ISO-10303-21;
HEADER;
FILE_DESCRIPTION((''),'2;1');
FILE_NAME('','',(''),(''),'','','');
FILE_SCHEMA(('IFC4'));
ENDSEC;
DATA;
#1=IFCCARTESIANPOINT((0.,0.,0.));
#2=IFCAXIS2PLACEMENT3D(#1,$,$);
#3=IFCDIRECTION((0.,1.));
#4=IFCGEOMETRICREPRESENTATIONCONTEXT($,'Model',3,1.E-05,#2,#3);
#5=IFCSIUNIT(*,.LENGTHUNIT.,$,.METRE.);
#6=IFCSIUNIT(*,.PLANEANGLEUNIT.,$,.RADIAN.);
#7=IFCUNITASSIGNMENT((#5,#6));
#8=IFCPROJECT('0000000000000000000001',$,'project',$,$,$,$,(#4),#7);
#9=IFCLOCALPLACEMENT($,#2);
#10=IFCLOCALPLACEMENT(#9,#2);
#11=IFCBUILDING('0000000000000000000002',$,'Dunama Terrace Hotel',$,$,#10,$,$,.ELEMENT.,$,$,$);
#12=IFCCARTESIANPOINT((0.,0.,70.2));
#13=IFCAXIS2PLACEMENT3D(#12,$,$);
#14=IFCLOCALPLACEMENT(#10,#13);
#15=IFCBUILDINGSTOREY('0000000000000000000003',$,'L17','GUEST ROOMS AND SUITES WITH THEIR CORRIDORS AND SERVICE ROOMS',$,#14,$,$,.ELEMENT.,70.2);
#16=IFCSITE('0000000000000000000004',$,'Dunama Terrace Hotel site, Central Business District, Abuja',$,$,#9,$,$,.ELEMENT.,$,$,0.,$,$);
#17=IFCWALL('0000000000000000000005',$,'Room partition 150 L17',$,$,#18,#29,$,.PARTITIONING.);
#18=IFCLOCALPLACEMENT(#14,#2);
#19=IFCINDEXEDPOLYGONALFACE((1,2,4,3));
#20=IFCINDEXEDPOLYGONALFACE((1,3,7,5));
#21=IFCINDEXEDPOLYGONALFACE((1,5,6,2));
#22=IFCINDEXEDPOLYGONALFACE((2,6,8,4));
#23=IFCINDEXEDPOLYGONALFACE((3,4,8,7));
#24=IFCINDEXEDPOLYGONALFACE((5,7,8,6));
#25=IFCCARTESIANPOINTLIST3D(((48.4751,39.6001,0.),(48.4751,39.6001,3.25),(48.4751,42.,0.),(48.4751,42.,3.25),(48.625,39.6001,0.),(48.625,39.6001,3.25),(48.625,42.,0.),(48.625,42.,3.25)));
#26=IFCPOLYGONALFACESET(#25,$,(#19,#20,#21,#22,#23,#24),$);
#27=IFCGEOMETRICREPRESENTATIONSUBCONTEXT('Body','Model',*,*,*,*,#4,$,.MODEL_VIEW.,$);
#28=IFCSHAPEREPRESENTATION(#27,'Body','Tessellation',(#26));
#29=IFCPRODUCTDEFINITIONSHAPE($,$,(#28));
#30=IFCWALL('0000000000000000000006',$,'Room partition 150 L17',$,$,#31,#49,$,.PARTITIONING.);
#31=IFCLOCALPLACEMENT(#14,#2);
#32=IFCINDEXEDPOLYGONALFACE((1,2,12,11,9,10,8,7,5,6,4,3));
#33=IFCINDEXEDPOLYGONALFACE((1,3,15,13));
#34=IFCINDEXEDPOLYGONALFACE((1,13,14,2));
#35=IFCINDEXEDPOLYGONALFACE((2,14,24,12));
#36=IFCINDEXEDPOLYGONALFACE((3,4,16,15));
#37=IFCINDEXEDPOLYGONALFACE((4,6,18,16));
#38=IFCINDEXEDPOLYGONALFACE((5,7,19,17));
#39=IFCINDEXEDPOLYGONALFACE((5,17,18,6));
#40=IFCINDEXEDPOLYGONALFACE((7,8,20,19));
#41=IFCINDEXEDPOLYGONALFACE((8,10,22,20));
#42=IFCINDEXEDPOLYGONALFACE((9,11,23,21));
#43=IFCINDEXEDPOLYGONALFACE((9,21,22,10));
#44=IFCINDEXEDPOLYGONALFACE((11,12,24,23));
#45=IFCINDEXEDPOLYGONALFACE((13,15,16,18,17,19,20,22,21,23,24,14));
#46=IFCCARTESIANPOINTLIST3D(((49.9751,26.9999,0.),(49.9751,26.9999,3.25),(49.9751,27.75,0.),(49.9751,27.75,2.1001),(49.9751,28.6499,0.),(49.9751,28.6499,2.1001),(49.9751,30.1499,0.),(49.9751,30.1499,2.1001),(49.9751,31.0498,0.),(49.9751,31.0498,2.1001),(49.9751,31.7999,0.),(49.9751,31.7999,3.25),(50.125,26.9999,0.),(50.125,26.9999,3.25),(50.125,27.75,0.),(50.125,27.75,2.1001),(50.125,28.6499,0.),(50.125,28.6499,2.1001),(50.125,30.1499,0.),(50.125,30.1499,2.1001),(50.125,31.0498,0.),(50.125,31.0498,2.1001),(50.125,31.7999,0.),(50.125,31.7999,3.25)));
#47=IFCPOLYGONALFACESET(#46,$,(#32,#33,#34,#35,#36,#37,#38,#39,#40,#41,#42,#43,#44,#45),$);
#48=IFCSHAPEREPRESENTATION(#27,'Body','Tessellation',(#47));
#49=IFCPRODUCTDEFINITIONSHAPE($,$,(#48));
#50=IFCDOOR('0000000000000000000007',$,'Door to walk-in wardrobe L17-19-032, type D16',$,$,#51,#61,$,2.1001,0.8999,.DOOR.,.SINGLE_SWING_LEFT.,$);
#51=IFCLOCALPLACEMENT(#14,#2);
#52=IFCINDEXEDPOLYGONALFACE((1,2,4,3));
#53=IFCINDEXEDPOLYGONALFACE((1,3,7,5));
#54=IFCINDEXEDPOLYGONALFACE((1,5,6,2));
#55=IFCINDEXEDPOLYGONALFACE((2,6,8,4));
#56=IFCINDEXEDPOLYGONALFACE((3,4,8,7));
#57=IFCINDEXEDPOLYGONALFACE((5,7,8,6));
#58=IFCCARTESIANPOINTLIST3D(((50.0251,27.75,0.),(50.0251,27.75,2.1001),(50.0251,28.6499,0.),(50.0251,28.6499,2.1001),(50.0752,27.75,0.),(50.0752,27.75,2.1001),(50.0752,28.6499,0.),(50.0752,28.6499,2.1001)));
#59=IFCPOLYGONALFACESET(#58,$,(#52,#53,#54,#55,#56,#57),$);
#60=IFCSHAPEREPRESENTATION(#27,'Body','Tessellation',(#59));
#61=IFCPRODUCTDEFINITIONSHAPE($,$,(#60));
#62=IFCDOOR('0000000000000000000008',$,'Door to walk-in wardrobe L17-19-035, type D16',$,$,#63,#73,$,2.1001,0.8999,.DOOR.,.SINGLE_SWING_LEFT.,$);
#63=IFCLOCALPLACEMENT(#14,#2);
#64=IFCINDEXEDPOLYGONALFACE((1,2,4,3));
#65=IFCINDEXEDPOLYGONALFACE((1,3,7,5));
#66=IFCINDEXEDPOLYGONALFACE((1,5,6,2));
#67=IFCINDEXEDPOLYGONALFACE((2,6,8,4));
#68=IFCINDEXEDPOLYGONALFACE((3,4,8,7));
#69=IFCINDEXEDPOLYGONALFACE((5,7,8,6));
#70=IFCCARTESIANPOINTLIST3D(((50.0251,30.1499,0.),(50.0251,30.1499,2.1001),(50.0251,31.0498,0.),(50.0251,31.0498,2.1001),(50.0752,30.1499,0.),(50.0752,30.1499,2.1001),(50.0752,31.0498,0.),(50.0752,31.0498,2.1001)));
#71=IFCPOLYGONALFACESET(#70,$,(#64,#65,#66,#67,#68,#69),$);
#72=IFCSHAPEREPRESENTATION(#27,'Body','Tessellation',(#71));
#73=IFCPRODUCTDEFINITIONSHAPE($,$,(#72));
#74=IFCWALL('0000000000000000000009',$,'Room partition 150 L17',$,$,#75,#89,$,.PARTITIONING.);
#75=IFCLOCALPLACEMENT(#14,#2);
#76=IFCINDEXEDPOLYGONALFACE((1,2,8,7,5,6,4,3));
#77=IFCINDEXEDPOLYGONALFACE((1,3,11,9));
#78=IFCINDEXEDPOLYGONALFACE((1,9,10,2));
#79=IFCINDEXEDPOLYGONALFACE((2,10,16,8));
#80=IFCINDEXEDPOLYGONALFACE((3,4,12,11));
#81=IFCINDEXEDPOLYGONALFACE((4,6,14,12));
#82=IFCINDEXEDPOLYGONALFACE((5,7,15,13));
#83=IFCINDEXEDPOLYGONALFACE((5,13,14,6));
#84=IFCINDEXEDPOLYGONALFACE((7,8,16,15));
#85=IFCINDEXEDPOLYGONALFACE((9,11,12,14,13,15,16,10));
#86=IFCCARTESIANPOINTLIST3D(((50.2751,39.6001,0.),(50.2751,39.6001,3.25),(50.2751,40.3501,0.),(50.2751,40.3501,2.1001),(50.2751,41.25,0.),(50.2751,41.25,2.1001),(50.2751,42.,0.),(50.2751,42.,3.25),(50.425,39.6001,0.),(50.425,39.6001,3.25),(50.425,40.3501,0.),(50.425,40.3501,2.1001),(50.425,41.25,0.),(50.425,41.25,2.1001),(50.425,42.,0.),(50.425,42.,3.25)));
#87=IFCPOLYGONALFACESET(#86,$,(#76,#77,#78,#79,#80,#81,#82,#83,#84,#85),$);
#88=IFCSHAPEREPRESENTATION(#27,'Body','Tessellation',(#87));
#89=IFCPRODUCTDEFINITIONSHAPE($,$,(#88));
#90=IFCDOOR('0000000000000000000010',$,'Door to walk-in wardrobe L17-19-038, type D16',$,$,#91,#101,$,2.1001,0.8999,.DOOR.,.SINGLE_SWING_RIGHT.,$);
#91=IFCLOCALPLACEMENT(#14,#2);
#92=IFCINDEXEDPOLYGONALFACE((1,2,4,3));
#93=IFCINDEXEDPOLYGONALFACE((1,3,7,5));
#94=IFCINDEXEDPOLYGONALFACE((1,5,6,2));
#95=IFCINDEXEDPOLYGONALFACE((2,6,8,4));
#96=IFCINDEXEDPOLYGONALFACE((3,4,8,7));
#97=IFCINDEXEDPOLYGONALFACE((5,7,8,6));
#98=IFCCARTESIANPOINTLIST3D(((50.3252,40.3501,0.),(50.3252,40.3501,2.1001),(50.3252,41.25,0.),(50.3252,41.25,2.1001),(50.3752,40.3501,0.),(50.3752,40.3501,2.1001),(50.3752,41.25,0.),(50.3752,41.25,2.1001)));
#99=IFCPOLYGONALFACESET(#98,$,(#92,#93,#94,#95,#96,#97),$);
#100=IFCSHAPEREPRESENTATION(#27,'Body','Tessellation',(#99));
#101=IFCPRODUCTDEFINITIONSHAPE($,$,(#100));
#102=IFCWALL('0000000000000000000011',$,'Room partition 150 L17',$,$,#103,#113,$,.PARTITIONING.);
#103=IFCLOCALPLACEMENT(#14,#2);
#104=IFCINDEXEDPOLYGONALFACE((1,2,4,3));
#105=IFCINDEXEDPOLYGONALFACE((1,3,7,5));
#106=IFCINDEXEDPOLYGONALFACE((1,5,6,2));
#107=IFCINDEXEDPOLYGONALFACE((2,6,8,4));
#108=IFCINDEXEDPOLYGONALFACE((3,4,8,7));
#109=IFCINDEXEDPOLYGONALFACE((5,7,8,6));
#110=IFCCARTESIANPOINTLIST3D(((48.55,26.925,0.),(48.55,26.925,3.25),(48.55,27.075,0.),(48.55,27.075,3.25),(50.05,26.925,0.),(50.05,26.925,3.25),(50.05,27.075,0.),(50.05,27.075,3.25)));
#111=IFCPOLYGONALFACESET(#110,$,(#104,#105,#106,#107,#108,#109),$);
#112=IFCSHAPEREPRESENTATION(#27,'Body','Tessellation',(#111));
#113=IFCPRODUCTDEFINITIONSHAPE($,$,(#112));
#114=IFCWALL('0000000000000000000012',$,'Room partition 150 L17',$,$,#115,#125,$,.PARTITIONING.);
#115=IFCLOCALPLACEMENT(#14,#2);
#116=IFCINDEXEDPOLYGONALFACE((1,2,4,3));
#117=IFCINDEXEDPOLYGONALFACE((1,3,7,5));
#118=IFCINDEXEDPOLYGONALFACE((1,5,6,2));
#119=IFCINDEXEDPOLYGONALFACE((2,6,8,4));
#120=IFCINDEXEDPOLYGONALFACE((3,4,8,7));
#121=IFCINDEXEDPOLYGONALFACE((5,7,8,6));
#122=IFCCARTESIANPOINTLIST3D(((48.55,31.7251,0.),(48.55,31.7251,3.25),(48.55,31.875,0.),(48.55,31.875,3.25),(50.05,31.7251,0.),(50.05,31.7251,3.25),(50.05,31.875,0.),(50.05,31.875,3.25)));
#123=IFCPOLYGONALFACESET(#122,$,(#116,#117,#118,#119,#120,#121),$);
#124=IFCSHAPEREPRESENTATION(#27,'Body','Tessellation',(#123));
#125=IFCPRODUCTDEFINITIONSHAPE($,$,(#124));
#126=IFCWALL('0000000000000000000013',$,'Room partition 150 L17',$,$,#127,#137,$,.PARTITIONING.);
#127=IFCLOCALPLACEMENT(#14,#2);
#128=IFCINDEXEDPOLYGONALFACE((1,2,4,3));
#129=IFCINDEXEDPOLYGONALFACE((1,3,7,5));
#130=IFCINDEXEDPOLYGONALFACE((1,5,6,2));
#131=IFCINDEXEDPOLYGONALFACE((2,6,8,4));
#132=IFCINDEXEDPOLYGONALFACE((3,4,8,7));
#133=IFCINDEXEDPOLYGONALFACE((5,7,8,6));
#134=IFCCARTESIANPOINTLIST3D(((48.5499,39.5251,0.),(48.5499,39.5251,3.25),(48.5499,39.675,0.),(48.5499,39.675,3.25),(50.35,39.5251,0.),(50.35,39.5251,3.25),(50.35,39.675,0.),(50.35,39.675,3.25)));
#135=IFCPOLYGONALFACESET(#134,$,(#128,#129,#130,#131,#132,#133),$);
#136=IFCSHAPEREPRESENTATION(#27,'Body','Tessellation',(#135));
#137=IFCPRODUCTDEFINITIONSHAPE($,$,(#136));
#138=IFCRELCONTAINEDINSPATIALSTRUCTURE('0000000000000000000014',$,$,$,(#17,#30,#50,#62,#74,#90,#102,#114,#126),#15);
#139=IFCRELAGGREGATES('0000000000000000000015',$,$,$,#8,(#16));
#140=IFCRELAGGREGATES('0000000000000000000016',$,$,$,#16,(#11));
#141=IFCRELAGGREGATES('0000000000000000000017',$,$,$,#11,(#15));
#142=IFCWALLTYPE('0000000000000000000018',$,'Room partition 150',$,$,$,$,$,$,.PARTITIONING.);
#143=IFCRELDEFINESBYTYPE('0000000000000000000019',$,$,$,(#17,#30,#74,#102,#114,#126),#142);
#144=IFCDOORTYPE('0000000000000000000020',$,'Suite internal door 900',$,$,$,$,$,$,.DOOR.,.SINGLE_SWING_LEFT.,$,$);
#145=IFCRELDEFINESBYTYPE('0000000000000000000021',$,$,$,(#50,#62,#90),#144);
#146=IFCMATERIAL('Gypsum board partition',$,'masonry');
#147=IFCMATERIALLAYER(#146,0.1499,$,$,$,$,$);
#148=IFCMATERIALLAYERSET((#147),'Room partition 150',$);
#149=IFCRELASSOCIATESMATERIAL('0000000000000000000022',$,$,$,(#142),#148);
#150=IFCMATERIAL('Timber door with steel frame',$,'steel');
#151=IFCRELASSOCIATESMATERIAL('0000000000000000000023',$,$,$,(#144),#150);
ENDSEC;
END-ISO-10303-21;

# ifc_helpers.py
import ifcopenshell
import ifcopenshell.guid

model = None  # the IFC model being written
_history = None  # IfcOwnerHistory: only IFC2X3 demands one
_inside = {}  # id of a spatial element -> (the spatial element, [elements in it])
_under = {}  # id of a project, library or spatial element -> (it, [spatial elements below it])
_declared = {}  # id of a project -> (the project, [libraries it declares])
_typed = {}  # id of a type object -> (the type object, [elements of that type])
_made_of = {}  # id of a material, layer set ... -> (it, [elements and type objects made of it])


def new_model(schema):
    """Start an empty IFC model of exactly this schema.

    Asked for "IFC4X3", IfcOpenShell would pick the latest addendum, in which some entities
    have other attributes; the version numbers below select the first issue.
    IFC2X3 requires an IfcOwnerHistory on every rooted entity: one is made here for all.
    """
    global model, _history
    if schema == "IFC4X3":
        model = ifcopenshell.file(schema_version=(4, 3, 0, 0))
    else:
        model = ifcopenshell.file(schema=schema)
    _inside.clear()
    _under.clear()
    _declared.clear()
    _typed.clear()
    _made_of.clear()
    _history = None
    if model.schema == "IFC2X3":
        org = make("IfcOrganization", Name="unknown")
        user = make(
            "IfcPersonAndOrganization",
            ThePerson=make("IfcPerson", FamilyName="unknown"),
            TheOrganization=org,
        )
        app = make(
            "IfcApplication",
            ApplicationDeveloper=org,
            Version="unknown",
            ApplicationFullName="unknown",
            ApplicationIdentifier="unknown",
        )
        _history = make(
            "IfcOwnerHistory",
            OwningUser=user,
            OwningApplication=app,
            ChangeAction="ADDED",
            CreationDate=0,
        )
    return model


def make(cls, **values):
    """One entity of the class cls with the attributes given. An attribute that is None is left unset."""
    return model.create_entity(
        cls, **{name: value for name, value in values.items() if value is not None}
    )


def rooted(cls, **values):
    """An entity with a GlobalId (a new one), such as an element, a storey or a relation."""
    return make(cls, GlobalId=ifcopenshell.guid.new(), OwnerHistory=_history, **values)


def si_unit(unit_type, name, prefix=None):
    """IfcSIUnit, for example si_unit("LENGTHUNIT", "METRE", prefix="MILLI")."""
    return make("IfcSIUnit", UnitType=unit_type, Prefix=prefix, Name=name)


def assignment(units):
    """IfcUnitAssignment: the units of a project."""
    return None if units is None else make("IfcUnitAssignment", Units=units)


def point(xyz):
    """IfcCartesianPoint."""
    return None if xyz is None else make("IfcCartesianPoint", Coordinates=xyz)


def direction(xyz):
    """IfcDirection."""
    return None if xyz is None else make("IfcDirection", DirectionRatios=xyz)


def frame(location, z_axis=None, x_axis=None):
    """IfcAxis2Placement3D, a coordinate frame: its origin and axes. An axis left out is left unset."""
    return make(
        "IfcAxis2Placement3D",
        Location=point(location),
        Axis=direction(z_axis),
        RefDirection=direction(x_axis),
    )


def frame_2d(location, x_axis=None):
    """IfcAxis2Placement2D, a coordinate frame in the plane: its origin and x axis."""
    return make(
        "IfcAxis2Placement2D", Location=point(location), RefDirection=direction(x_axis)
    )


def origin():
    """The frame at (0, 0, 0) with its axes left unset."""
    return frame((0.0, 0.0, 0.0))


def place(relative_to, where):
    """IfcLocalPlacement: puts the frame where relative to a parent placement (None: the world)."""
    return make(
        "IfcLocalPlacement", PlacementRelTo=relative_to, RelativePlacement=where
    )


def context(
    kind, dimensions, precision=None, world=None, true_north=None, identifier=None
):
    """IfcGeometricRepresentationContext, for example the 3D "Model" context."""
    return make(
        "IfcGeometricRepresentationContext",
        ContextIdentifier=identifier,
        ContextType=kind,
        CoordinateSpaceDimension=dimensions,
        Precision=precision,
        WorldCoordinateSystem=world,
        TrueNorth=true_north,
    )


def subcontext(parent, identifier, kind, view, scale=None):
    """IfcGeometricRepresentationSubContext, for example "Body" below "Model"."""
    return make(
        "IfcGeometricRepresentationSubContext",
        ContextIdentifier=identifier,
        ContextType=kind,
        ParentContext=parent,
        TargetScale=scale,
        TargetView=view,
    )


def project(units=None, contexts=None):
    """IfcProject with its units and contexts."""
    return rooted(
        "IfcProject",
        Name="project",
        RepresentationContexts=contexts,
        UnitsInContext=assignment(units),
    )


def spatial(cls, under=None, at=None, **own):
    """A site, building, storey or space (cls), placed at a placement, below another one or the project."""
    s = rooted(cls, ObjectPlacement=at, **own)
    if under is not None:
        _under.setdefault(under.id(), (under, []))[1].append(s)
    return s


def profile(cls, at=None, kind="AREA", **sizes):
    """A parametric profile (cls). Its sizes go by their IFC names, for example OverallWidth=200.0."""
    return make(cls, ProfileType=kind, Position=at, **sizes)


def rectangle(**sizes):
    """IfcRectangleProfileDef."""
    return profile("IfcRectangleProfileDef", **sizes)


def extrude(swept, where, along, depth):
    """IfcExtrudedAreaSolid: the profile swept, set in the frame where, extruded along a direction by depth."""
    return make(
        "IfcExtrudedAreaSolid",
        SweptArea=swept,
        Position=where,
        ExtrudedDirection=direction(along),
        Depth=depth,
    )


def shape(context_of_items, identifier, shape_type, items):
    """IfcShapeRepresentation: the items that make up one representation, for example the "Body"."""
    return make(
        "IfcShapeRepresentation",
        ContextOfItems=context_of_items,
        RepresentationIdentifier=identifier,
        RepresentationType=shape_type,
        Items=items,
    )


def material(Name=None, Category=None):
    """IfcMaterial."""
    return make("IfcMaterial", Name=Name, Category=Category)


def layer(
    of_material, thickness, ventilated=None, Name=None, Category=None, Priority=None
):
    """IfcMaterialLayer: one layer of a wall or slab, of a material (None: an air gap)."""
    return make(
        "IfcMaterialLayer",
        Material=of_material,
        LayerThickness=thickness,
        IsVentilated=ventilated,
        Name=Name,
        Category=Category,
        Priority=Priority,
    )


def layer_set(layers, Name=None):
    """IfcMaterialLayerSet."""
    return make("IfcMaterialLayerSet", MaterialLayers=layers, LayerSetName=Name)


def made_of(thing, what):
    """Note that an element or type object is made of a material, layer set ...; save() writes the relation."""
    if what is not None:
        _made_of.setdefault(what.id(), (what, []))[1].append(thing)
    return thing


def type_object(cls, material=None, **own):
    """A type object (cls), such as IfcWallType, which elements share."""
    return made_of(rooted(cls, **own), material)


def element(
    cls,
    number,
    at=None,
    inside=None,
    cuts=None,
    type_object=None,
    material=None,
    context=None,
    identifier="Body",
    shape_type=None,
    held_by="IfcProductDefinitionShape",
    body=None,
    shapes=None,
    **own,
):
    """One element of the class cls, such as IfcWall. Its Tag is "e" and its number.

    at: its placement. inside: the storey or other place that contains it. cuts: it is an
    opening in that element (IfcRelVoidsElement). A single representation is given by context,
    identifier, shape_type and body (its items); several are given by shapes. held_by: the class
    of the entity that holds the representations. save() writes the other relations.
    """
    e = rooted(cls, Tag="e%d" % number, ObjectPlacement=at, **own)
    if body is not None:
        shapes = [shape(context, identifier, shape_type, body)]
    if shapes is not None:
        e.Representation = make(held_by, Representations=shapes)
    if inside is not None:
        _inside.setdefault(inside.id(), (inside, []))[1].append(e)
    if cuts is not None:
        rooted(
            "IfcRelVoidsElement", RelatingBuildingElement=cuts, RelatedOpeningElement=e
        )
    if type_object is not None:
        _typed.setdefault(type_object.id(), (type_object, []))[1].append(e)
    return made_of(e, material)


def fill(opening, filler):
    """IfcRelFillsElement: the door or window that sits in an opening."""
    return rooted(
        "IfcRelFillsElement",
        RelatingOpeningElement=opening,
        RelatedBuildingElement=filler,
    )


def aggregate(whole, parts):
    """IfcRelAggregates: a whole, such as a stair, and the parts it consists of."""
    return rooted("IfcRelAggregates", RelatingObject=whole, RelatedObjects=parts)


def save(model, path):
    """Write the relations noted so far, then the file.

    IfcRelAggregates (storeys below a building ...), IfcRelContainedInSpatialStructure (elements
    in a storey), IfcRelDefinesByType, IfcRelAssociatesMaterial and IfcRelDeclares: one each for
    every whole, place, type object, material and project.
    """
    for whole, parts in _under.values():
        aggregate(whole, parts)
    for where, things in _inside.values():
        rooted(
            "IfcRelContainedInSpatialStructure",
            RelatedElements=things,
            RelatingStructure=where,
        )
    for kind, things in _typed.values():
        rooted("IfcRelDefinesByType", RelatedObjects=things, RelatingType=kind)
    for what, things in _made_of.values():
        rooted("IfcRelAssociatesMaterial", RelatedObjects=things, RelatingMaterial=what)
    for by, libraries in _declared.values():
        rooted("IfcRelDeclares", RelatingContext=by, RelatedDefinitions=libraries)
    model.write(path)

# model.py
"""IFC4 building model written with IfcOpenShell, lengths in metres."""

from ifc_helpers import new_model, si_unit, direction, frame, frame_2d, origin, place, context, subcontext, project, spatial, rectangle, extrude, material, layer, layer_set, type_object, element, fill, save


model = new_model("IFC4")

# Units and contexts
model_context = context("Model", 3, precision=1e-05, world=origin(), true_north=direction((0.0, 1.0)))
body_context = subcontext(model_context, "Body", "Model", "MODEL_VIEW")
ifc_project = project(units=[si_unit("LENGTHUNIT", "METRE"), si_unit("PLANEANGLEUNIT", "RADIAN")], contexts=[model_context])

# Site, building, storey
site_placement = place(None, origin())
site = spatial("IfcSite", under=ifc_project, at=site_placement, Name="Dunama Terrace Hotel site, Central Business District, Abuja", CompositionType="ELEMENT", RefElevation=0.0)
building_placement = place(site_placement, origin())
building = spatial("IfcBuilding", under=site, at=building_placement, Name="Dunama Terrace Hotel", CompositionType="ELEMENT")
storey_placement = place(building_placement, frame((0.0, 0.0, 70.2)))
storey = spatial("IfcBuildingStorey", under=building, at=storey_placement, Name="L17", Description="GUEST ROOMS AND SUITES WITH THEIR CORRIDORS AND SERVICE ROOMS", CompositionType="ELEMENT", Elevation=70.2)

# Wall
ifc_material_1 = material(Name="Gypsum board partition", Category="masonry")
ifc_layer_1 = layer(ifc_material_1, 0.1499)
ifc_layer_set_1 = layer_set([ifc_layer_1], Name="Room partition 150")
wall_type_1 = type_object("IfcWallType", Name="Room partition 150", PredefinedType="PARTITIONING", material=ifc_layer_set_1)
wall_1_placement = place(storey_placement, frame((48.55, 39.6001, 0.0), z_axis=(0.0, 0.0, 1.0), x_axis=(0.0, 1.0, 0.0)))
element("IfcWall", 1, at=wall_1_placement, inside=storey, type_object=wall_type_1, Name="Room partition 150 L17", PredefinedType="PARTITIONING", context=body_context, shape_type="SweptSolid", body=[
    extrude(rectangle(XDim=2.3999, YDim=0.1499, at=frame_2d((1.2, 0.0))), origin(), (0.0, 0.0, 1.0), 3.25),
])

# Wall, openings, doors
wall_2_placement = place(storey_placement, frame((50.05, 27.0, 0.0), z_axis=(0.0, 0.0, 1.0), x_axis=(0.0, 1.0, 0.0)))
wall_2 = element("IfcWall", 2, at=wall_2_placement, inside=storey, type_object=wall_type_1, Name="Room partition 150 L17", PredefinedType="PARTITIONING", context=body_context, shape_type="SweptSolid", body=[
    extrude(rectangle(XDim=4.8, YDim=0.1499, at=frame_2d((2.3999, 0.0))), origin(), (0.0, 0.0, 1.0), 3.25),
])
opening_1_placement = place(wall_2_placement, frame((0.75, 0.0, 0.0)))
opening_1 = element("IfcOpeningElement", 3, at=opening_1_placement, cuts=wall_2, PredefinedType="OPENING", context=body_context, shape_type="SweptSolid", body=[
    extrude(rectangle(XDim=0.8999, YDim=2.1001, at=frame_2d((0.45, 1.05))), frame((0.0, 0.085, 0.0), z_axis=(0.0, -1.0, 0.0), x_axis=(1.0, 0.0, 0.0)), (0.0, 0.0, 1.0), 0.1699),
])
opening_2_placement = place(wall_2_placement, frame((3.1499, 0.0, 0.0)))
opening_2 = element("IfcOpeningElement", 4, at=opening_2_placement, cuts=wall_2, PredefinedType="OPENING", context=body_context, shape_type="SweptSolid", body=[
    extrude(rectangle(XDim=0.8999, YDim=2.1001, at=frame_2d((0.45, 1.05))), frame((0.0, 0.085, 0.0), z_axis=(0.0, -1.0, 0.0), x_axis=(1.0, 0.0, 0.0)), (0.0, 0.0, 1.0), 0.1699),
])
ifc_material_2 = material(Name="Timber door with steel frame", Category="steel")
door_type_1 = type_object("IfcDoorType", Name="Suite internal door 900", OperationType="SINGLE_SWING_LEFT", PredefinedType="DOOR", material=ifc_material_2)
door_1_placement = place(opening_1_placement, origin())
door_1 = element("IfcDoor", 5, at=door_1_placement, inside=storey, type_object=door_type_1, Name="Door to walk-in wardrobe L17-19-032, type D16", OperationType="SINGLE_SWING_LEFT", OverallHeight=2.1001, OverallWidth=0.8999, PredefinedType="DOOR", context=body_context, shape_type="SweptSolid", body=[
    extrude(rectangle(XDim=0.8999, YDim=2.1001, at=frame_2d((0.45, 1.05))), frame((0.0, 0.0249, 0.0), z_axis=(0.0, -1.0, 0.0), x_axis=(1.0, 0.0, 0.0)), (0.0, 0.0, 1.0), 0.05),
])
fill(opening_1, door_1)
door_2_placement = place(opening_2_placement, origin())
door_2 = element("IfcDoor", 6, at=door_2_placement, inside=storey, type_object=door_type_1, Name="Door to walk-in wardrobe L17-19-035, type D16", OperationType="SINGLE_SWING_LEFT", OverallHeight=2.1001, OverallWidth=0.8999, PredefinedType="DOOR", context=body_context, shape_type="SweptSolid", body=[
    extrude(rectangle(XDim=0.8999, YDim=2.1001, at=frame_2d((0.45, 1.05))), frame((0.0, 0.0249, 0.0), z_axis=(0.0, -1.0, 0.0), x_axis=(1.0, 0.0, 0.0)), (0.0, 0.0, 1.0), 0.05),
])
fill(opening_2, door_2)

# Wall, opening, door
wall_3_placement = place(storey_placement, frame((50.3501, 39.6001, 0.0), z_axis=(0.0, 0.0, 1.0), x_axis=(0.0, 1.0, 0.0)))
wall_3 = element("IfcWall", 7, at=wall_3_placement, inside=storey, type_object=wall_type_1, Name="Room partition 150 L17", PredefinedType="PARTITIONING", context=body_context, shape_type="SweptSolid", body=[
    extrude(rectangle(XDim=2.3999, YDim=0.1499, at=frame_2d((1.2, 0.0))), origin(), (0.0, 0.0, 1.0), 3.25),
])
opening_3_placement = place(wall_3_placement, frame((0.75, 0.0, 0.0)))
opening_3 = element("IfcOpeningElement", 8, at=opening_3_placement, cuts=wall_3, PredefinedType="OPENING", context=body_context, shape_type="SweptSolid", body=[
    extrude(rectangle(XDim=0.8999, YDim=2.1001, at=frame_2d((0.45, 1.05))), frame((0.0, 0.085, 0.0), z_axis=(0.0, -1.0, 0.0), x_axis=(1.0, 0.0, 0.0)), (0.0, 0.0, 1.0), 0.1699),
])
door_3_placement = place(opening_3_placement, origin())
door_3 = element("IfcDoor", 9, at=door_3_placement, inside=storey, type_object=door_type_1, Name="Door to walk-in wardrobe L17-19-038, type D16", OperationType="SINGLE_SWING_RIGHT", OverallHeight=2.1001, OverallWidth=0.8999, PredefinedType="DOOR", context=body_context, shape_type="SweptSolid", body=[
    extrude(rectangle(XDim=0.8999, YDim=2.1001, at=frame_2d((0.45, 1.05))), frame((0.0, 0.0249, 0.0), z_axis=(0.0, -1.0, 0.0), x_axis=(1.0, 0.0, 0.0)), (0.0, 0.0, 1.0), 0.05),
])
fill(opening_3, door_3)

# Walls
for number, where, z_axis, x_axis, name in (
    (10, (48.55, 27.0, 0.0), (0.0, 0.0, 1.0), (1.0, 0.0, 0.0), "Room partition 150 L17"),
    (11, (48.55, 31.8, 0.0), (0.0, 0.0, 1.0), (1.0, 0.0, 0.0), "Room partition 150 L17"),
):
    element("IfcWall", number, at=place(storey_placement, frame(where, z_axis=z_axis, x_axis=x_axis)), inside=storey, type_object=wall_type_1, Name=name, PredefinedType="PARTITIONING", context=body_context, shape_type="SweptSolid", body=[
        extrude(rectangle(XDim=1.5, YDim=0.1499, at=frame_2d((0.75, 0.0))), origin(), (0.0, 0.0, 1.0), 3.25),
    ])
wall_4_placement = place(storey_placement, frame((48.55, 39.6001, 0.0), z_axis=(0.0, 0.0, 1.0), x_axis=(1.0, 0.0, 0.0)))
element("IfcWall", 12, at=wall_4_placement, inside=storey, type_object=wall_type_1, Name="Room partition 150 L17", PredefinedType="PARTITIONING", context=body_context, shape_type="SweptSolid", body=[
    extrude(rectangle(XDim=1.8, YDim=0.1499, at=frame_2d((0.8999, 0.0))), origin(), (0.0, 0.0, 1.0), 3.25),
])

save(model, "model.ifc")
